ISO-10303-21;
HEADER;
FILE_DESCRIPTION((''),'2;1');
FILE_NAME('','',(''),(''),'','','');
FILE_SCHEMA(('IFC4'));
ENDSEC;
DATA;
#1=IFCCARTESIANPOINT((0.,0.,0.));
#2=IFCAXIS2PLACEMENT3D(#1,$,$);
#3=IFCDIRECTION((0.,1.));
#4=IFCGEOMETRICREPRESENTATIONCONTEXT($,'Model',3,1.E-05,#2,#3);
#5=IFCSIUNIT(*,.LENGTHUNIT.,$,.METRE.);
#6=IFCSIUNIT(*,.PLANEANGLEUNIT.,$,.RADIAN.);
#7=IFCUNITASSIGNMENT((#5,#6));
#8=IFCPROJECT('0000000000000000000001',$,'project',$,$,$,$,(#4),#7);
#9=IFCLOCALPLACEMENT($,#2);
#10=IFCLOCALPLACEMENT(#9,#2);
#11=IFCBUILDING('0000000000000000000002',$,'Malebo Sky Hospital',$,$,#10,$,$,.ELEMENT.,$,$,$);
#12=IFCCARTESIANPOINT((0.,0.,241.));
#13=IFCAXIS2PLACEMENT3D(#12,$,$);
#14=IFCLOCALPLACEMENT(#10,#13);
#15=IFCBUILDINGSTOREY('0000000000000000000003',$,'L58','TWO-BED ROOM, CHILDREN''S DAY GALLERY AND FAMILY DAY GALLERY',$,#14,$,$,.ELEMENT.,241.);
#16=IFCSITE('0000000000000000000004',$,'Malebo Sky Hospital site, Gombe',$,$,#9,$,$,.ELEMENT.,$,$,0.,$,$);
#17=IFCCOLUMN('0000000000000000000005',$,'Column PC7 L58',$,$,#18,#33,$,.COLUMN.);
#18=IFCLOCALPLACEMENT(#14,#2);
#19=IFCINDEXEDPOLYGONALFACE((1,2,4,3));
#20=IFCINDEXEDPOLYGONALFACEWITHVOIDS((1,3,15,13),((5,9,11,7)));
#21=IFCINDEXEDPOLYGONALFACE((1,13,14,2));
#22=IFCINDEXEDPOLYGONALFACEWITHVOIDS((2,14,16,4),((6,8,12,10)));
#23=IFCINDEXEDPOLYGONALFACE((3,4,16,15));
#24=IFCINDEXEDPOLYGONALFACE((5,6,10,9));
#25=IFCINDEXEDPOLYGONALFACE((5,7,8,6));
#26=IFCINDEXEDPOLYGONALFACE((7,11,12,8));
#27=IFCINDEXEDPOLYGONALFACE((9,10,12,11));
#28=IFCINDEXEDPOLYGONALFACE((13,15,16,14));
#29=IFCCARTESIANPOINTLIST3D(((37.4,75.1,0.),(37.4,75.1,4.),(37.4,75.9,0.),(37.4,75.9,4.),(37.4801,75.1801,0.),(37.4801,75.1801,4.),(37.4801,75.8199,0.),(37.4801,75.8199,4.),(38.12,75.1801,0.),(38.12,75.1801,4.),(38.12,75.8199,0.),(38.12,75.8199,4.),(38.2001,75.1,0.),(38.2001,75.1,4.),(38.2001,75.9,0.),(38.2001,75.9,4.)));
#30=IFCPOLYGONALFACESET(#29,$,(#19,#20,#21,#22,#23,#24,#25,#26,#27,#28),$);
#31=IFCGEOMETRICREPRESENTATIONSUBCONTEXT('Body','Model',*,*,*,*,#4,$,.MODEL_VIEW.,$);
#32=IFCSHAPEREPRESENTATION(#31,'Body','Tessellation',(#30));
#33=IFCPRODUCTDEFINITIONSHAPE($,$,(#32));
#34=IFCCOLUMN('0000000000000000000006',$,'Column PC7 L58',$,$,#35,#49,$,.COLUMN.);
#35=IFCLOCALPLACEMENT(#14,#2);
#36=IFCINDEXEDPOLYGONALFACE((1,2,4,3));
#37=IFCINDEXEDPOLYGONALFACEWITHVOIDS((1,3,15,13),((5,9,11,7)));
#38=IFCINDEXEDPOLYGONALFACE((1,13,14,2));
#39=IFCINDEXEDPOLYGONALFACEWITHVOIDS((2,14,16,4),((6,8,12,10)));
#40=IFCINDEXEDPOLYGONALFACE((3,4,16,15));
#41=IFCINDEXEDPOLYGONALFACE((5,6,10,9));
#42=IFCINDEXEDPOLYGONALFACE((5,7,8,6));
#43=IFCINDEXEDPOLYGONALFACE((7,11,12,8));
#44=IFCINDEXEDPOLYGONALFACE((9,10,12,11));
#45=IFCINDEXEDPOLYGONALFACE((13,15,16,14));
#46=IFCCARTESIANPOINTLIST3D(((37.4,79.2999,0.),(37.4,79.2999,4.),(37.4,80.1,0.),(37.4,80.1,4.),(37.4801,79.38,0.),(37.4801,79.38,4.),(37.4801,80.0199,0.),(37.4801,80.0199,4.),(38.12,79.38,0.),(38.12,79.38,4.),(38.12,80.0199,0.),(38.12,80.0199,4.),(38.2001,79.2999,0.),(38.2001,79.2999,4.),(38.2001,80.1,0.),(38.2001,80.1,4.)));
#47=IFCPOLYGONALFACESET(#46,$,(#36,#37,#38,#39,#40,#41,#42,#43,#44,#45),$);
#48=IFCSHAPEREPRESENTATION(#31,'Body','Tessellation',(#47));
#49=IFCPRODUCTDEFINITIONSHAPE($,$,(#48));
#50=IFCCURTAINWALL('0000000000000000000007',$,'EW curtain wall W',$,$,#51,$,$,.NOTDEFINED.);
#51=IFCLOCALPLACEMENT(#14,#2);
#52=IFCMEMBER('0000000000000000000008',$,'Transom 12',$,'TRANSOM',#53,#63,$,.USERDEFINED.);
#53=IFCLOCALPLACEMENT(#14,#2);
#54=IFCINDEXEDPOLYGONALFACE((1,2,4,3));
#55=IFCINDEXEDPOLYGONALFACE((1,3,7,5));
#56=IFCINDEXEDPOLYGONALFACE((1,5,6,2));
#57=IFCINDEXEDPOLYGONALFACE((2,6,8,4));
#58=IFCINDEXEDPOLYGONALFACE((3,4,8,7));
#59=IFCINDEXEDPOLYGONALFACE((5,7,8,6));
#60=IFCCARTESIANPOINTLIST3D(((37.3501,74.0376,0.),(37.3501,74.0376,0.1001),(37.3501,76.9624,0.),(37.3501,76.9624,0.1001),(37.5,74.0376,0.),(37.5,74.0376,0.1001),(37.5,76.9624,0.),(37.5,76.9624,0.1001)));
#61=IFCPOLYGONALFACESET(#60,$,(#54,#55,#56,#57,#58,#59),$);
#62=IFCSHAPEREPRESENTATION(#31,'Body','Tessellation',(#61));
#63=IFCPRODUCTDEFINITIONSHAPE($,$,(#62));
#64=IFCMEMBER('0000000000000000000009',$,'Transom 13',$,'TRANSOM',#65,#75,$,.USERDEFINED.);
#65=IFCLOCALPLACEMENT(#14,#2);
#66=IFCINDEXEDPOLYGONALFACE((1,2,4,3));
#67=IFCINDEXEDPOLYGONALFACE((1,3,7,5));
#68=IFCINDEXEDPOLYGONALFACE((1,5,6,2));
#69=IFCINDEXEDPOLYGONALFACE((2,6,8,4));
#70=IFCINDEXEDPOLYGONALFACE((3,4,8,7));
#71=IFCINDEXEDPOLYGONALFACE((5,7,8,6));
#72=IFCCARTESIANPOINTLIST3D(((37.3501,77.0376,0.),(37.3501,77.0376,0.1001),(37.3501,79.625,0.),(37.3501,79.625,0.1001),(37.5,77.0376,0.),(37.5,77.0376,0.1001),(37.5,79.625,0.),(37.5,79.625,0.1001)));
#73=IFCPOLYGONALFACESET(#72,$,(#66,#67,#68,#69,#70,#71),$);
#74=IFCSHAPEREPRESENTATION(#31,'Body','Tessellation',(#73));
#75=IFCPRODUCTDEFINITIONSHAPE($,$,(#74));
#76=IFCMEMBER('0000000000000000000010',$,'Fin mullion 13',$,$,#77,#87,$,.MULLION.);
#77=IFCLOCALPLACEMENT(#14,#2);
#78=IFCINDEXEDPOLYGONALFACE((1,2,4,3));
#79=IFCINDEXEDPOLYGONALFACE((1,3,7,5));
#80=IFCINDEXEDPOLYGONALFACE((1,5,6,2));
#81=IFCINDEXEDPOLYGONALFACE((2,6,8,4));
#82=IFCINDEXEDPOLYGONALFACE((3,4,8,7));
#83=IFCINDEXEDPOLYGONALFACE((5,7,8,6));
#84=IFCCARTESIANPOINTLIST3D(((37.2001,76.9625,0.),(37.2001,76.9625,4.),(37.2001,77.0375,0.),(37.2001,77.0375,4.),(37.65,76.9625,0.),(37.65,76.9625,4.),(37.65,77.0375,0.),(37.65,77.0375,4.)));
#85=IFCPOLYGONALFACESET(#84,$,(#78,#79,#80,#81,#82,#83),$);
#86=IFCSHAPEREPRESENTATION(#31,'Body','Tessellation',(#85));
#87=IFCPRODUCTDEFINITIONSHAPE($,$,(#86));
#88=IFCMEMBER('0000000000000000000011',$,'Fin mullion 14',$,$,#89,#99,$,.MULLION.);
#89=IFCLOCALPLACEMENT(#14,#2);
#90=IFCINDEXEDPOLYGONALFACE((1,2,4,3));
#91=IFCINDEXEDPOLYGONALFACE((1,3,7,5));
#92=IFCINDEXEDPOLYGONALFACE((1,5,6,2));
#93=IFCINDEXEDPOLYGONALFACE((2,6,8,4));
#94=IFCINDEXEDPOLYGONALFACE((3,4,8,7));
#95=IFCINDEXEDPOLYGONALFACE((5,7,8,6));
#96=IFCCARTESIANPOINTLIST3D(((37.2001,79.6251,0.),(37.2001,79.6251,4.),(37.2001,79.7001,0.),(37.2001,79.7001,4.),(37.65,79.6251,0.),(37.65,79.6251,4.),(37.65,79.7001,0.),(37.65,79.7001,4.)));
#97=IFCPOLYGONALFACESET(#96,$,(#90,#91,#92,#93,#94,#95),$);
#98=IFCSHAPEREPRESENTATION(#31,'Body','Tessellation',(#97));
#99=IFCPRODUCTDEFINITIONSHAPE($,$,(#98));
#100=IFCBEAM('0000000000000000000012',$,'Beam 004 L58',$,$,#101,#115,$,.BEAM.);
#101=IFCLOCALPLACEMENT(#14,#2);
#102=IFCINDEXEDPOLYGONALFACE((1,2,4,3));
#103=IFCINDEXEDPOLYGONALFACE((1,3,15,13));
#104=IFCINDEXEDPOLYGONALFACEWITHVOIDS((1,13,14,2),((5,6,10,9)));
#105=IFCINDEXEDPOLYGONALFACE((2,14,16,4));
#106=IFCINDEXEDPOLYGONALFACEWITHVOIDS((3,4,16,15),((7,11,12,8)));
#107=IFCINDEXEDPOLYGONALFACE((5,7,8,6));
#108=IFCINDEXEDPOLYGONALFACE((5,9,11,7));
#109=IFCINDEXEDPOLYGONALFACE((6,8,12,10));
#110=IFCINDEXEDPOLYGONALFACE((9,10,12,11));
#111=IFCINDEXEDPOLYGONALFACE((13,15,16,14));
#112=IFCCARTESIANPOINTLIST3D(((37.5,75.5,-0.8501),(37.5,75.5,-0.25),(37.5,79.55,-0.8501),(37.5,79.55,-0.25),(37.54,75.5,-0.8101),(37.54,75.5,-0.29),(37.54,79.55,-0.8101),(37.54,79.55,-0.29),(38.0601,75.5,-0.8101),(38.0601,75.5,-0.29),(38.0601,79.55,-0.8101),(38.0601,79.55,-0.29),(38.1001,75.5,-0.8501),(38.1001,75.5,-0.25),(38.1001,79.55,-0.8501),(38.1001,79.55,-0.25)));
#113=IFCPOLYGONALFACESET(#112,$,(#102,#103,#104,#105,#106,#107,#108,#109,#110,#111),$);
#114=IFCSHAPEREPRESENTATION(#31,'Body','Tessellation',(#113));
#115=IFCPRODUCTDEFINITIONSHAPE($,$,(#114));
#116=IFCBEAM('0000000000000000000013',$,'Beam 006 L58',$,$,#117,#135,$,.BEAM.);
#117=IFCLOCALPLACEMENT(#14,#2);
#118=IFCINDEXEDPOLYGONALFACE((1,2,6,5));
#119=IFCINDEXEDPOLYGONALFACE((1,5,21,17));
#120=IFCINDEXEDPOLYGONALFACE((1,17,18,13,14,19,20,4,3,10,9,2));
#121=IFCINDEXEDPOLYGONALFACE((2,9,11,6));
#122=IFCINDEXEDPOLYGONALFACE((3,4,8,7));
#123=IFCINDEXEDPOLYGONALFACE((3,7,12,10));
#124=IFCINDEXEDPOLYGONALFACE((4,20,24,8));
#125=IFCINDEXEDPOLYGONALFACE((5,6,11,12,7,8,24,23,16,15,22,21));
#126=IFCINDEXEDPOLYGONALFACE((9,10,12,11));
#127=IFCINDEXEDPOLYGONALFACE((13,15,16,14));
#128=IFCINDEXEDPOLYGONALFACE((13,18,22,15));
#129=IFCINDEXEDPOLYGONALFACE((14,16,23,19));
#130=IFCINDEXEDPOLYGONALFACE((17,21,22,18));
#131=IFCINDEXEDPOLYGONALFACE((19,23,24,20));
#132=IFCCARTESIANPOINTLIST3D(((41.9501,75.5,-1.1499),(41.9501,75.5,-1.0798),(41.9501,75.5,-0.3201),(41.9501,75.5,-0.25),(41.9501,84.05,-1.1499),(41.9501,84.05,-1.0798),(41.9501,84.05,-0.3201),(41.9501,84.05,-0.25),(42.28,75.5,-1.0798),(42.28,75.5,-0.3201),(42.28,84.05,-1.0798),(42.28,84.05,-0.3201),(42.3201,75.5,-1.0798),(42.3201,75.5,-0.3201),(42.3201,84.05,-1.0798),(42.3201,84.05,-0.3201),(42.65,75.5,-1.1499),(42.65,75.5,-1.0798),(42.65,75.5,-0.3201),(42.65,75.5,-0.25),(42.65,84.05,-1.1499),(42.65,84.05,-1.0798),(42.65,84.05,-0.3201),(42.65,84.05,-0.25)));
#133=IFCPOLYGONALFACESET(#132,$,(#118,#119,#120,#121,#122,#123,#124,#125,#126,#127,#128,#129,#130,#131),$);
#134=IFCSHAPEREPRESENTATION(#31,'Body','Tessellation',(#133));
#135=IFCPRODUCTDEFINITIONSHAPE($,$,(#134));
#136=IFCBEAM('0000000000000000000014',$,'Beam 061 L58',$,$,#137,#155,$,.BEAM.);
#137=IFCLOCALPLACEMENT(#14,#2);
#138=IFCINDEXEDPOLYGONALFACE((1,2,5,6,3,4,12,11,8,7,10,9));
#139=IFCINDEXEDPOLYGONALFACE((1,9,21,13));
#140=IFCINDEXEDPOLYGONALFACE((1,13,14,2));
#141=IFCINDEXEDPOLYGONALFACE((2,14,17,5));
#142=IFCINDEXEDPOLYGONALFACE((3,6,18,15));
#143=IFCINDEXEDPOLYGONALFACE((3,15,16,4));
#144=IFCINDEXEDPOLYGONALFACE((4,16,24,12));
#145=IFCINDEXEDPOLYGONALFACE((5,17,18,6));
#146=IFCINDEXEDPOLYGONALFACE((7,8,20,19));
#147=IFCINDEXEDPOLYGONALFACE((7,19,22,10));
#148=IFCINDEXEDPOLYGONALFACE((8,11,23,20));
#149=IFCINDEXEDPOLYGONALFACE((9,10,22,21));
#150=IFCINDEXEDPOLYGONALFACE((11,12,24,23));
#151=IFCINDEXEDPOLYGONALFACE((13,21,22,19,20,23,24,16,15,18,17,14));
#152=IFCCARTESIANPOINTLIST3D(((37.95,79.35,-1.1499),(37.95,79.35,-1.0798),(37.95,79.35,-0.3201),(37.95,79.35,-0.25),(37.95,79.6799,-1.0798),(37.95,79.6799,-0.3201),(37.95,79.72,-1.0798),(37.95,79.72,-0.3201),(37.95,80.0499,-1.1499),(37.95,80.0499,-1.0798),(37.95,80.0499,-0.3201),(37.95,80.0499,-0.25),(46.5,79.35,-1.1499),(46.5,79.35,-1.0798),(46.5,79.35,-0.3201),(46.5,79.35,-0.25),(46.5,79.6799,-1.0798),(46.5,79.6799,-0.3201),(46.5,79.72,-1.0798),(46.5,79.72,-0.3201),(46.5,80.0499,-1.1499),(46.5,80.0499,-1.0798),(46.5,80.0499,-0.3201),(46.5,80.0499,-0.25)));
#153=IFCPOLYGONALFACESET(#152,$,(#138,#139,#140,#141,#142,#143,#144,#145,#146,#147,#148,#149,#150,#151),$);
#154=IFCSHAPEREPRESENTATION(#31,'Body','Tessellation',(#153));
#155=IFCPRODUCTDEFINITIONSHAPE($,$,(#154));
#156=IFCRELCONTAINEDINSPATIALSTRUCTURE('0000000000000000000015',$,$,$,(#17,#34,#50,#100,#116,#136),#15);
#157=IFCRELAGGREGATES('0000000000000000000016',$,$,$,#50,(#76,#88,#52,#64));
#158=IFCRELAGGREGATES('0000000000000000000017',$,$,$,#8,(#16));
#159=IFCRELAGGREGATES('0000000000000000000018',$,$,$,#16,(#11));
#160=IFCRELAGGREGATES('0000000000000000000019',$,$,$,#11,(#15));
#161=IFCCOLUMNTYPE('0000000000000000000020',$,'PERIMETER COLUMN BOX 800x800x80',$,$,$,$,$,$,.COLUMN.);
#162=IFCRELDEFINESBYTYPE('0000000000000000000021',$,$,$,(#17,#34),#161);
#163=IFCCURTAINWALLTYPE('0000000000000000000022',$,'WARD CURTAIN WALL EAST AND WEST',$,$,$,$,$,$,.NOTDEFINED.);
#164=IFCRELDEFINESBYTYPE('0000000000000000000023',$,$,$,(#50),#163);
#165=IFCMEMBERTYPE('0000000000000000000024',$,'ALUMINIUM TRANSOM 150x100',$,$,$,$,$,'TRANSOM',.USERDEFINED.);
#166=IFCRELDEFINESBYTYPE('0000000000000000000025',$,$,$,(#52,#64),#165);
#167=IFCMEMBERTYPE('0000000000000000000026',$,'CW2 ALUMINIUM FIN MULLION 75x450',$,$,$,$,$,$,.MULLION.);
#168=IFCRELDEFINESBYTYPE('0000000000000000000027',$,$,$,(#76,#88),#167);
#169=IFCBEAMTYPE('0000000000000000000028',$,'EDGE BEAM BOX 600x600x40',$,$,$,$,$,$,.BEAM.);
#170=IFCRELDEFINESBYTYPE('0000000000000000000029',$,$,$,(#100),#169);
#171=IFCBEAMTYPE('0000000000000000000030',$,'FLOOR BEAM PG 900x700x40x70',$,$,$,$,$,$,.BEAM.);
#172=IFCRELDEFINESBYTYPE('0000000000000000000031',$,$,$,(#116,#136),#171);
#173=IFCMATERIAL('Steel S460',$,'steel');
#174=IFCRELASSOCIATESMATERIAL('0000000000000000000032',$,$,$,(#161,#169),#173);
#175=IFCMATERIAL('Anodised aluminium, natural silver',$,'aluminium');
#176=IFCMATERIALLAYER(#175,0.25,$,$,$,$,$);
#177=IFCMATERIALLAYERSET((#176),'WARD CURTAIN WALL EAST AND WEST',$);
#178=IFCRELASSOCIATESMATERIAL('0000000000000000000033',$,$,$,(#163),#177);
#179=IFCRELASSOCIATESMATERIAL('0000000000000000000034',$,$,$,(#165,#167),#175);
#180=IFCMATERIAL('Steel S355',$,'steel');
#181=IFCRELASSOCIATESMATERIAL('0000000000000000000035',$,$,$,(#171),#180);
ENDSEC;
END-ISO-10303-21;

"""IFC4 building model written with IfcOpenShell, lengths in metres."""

from ifc_helpers import new_model, si_unit, direction, frame, origin, origin_2d, place, context, subcontext, project, spatial, rectangle, hollow_rectangle, i_section, extrude, material, layer, layer_set, material_profile, profile_set, type_object, element, aggregate, save


model = new_model("IFC4")

# Units and contexts
model_context = context("Model", 3, precision=1e-05, world=origin(), true_north=direction((0.0, 1.0)))
body_context = subcontext(model_context, "Body", "Model", "MODEL_VIEW")
ifc_project = project(units=[si_unit("LENGTHUNIT", "METRE"), si_unit("PLANEANGLEUNIT", "RADIAN")], contexts=[model_context])

# Site, building, storey
site_placement = place(None, origin())
site = spatial("IfcSite", under=ifc_project, at=site_placement, Name="Malebo Sky Hospital site, Gombe", CompositionType="ELEMENT", RefElevation=0.0)
building_placement = place(site_placement, origin())
building = spatial("IfcBuilding", under=site, at=building_placement, Name="Malebo Sky Hospital", CompositionType="ELEMENT")
storey_placement = place(building_placement, frame((0.0, 0.0, 241.0)))
storey = spatial("IfcBuildingStorey", under=building, at=storey_placement, Name="L58", Description="TWO-BED ROOM, CHILDREN'S DAY GALLERY AND FAMILY DAY GALLERY", CompositionType="ELEMENT", Elevation=241.0)

# Columns
ifc_material_1 = material(Name="Steel S460", Category="steel")
ifc_material_profile_1 = material_profile(ifc_material_1, hollow_rectangle(XDim=0.8, YDim=0.8, WallThickness=0.0801, at=origin_2d()), Name="BOX 800x800x80")
ifc_profile_set_1 = profile_set([ifc_material_profile_1], Name="Steel S460")
column_type = type_object("IfcColumnType", Name="PERIMETER COLUMN BOX 800x800x80", PredefinedType="COLUMN", material=ifc_profile_set_1)
for number, where, z_axis, x_axis, name in (
    (1, (37.8, 75.5, 0.0), (0.0, 0.0, 1.0), (1.0, 0.0, 0.0), "Column PC7 L58"),
    (2, (37.8, 79.7, 0.0), (0.0, 0.0, 1.0), (1.0, 0.0, 0.0), "Column PC7 L58"),
):
    element("IfcColumn", number, at=place(storey_placement, frame(where, z_axis=z_axis, x_axis=x_axis)), inside=storey, type_object=column_type, Name=name, PredefinedType="COLUMN", context=body_context, shape_type="SweptSolid", body=[
        extrude(hollow_rectangle(XDim=0.8, YDim=0.8, WallThickness=0.0801, at=origin_2d()), origin(), (0.0, 0.0, 1.0), 4.0),
    ])

# Curtain wall, members
ifc_material_2 = material(Name="Anodised aluminium, natural silver", Category="aluminium")
ifc_layer_1 = layer(ifc_material_2, 0.25)
ifc_layer_set_1 = layer_set([ifc_layer_1], Name="WARD CURTAIN WALL EAST AND WEST")
curtain_wall_type = type_object("IfcCurtainWallType", Name="WARD CURTAIN WALL EAST AND WEST", PredefinedType="NOTDEFINED", material=ifc_layer_set_1)
curtain_wall_placement = place(storey_placement, origin())
curtain_wall = element("IfcCurtainWall", 3, at=curtain_wall_placement, inside=storey, type_object=curtain_wall_type, Name="EW curtain wall W", PredefinedType="NOTDEFINED")
ifc_material_profile_2 = material_profile(ifc_material_2, rectangle(XDim=0.1499, YDim=0.1001, at=origin_2d()), Name="ALUMINIUM TRANSOM 150x100")
ifc_profile_set_2 = profile_set([ifc_material_profile_2], Name="Anodised aluminium, natural silver")
member_type_1 = type_object("IfcMemberType", Name="ALUMINIUM TRANSOM 150x100", ElementType="TRANSOM", PredefinedType="USERDEFINED", material=ifc_profile_set_2)
member_1_placement = place(storey_placement, frame((37.425, 74.0376, 0.05), z_axis=(0.0, 1.0, 0.0), x_axis=(-1.0, 0.0, 0.0)))
member_1 = element("IfcMember", 4, at=member_1_placement, type_object=member_type_1, Name="Transom 12", ObjectType="TRANSOM", PredefinedType="USERDEFINED", context=body_context, shape_type="SweptSolid", body=[
    extrude(rectangle(XDim=0.1499, YDim=0.1001, at=origin_2d()), origin(), (0.0, 0.0, 1.0), 2.9248),
])
member_2_placement = place(storey_placement, frame((37.425, 77.0376, 0.05), z_axis=(0.0, 1.0, 0.0), x_axis=(-1.0, 0.0, 0.0)))
member_2 = element("IfcMember", 5, at=member_2_placement, type_object=member_type_1, Name="Transom 13", ObjectType="TRANSOM", PredefinedType="USERDEFINED", context=body_context, shape_type="SweptSolid", body=[
    extrude(rectangle(XDim=0.1499, YDim=0.1001, at=origin_2d()), origin(), (0.0, 0.0, 1.0), 2.5874),
])
ifc_material_profile_3 = material_profile(ifc_material_2, rectangle(XDim=0.075, YDim=0.45, at=origin_2d()), Name="CW2 ALUMINIUM FIN MULLION 75x450")
ifc_profile_set_3 = profile_set([ifc_material_profile_3], Name="Anodised aluminium, natural silver")
member_type_2 = type_object("IfcMemberType", Name="CW2 ALUMINIUM FIN MULLION 75x450", PredefinedType="MULLION", material=ifc_profile_set_3)
member_3_placement = place(storey_placement, frame((37.425, 77.0, 0.0), z_axis=(0.0, 0.0, 1.0), x_axis=(0.0, 1.0, 0.0)))
member_3 = element("IfcMember", 6, at=member_3_placement, type_object=member_type_2, Name="Fin mullion 13", PredefinedType="MULLION", context=body_context, shape_type="SweptSolid", body=[
    extrude(rectangle(XDim=0.075, YDim=0.45, at=origin_2d()), origin(), (0.0, 0.0, 1.0), 4.0),
])
member_4_placement = place(storey_placement, frame((37.425, 79.6626, 0.0), z_axis=(0.0, 0.0, 1.0), x_axis=(0.0, 1.0, 0.0)))
member_4 = element("IfcMember", 7, at=member_4_placement, type_object=member_type_2, Name="Fin mullion 14", PredefinedType="MULLION", context=body_context, shape_type="SweptSolid", body=[
    extrude(rectangle(XDim=0.075, YDim=0.45, at=origin_2d()), origin(), (0.0, 0.0, 1.0), 4.0),
])

# Beams
ifc_material_profile_4 = material_profile(ifc_material_1, hollow_rectangle(XDim=0.6001, YDim=0.6001, WallThickness=0.04, at=origin_2d()), Name="BOX 600x600x40")
ifc_profile_set_4 = profile_set([ifc_material_profile_4], Name="Steel S460")
beam_type_1 = type_object("IfcBeamType", Name="EDGE BEAM BOX 600x600x40", PredefinedType="BEAM", material=ifc_profile_set_4)
beam_1_placement = place(storey_placement, frame((37.8, 75.5, -0.55), z_axis=(0.0, 1.0, 0.0), x_axis=(-1.0, 0.0, 0.0)))
element("IfcBeam", 8, at=beam_1_placement, inside=storey, type_object=beam_type_1, Name="Beam 004 L58", PredefinedType="BEAM", context=body_context, shape_type="SweptSolid", body=[
    extrude(hollow_rectangle(XDim=0.6001, YDim=0.6001, WallThickness=0.04, at=origin_2d()), origin(), (0.0, 0.0, 1.0), 4.05),
])
ifc_material_3 = material(Name="Steel S355", Category="steel")
ifc_material_profile_5 = material_profile(ifc_material_3, i_section(OverallWidth=0.7, OverallDepth=0.8999, WebThickness=0.04, FlangeThickness=0.0701, at=origin_2d()), Name="PG 900x700x40x70")
ifc_profile_set_5 = profile_set([ifc_material_profile_5], Name="Steel S355")
beam_type_2 = type_object("IfcBeamType", Name="FLOOR BEAM PG 900x700x40x70", PredefinedType="BEAM", material=ifc_profile_set_5)
for number, where, z_axis, x_axis, name in (
    (9, (42.3, 75.5, -0.7), (0.0, 1.0, 0.0), (-1.0, 0.0, 0.0), "Beam 006 L58"),
    (10, (37.95, 79.7, -0.7), (1.0, 0.0, 0.0), (0.0, 1.0, 0.0), "Beam 061 L58"),
):
    element("IfcBeam", number, at=place(storey_placement, frame(where, z_axis=z_axis, x_axis=x_axis)), inside=storey, type_object=beam_type_2, Name=name, PredefinedType="BEAM", context=body_context, shape_type="SweptSolid", body=[
        extrude(i_section(OverallWidth=0.7, OverallDepth=0.8999, WebThickness=0.04, FlangeThickness=0.0701, at=origin_2d()), origin(), (0.0, 0.0, 1.0), 8.55),
    ])

aggregate(curtain_wall, [member_3, member_4, member_1, member_2])

save(model, "model.ifc")
